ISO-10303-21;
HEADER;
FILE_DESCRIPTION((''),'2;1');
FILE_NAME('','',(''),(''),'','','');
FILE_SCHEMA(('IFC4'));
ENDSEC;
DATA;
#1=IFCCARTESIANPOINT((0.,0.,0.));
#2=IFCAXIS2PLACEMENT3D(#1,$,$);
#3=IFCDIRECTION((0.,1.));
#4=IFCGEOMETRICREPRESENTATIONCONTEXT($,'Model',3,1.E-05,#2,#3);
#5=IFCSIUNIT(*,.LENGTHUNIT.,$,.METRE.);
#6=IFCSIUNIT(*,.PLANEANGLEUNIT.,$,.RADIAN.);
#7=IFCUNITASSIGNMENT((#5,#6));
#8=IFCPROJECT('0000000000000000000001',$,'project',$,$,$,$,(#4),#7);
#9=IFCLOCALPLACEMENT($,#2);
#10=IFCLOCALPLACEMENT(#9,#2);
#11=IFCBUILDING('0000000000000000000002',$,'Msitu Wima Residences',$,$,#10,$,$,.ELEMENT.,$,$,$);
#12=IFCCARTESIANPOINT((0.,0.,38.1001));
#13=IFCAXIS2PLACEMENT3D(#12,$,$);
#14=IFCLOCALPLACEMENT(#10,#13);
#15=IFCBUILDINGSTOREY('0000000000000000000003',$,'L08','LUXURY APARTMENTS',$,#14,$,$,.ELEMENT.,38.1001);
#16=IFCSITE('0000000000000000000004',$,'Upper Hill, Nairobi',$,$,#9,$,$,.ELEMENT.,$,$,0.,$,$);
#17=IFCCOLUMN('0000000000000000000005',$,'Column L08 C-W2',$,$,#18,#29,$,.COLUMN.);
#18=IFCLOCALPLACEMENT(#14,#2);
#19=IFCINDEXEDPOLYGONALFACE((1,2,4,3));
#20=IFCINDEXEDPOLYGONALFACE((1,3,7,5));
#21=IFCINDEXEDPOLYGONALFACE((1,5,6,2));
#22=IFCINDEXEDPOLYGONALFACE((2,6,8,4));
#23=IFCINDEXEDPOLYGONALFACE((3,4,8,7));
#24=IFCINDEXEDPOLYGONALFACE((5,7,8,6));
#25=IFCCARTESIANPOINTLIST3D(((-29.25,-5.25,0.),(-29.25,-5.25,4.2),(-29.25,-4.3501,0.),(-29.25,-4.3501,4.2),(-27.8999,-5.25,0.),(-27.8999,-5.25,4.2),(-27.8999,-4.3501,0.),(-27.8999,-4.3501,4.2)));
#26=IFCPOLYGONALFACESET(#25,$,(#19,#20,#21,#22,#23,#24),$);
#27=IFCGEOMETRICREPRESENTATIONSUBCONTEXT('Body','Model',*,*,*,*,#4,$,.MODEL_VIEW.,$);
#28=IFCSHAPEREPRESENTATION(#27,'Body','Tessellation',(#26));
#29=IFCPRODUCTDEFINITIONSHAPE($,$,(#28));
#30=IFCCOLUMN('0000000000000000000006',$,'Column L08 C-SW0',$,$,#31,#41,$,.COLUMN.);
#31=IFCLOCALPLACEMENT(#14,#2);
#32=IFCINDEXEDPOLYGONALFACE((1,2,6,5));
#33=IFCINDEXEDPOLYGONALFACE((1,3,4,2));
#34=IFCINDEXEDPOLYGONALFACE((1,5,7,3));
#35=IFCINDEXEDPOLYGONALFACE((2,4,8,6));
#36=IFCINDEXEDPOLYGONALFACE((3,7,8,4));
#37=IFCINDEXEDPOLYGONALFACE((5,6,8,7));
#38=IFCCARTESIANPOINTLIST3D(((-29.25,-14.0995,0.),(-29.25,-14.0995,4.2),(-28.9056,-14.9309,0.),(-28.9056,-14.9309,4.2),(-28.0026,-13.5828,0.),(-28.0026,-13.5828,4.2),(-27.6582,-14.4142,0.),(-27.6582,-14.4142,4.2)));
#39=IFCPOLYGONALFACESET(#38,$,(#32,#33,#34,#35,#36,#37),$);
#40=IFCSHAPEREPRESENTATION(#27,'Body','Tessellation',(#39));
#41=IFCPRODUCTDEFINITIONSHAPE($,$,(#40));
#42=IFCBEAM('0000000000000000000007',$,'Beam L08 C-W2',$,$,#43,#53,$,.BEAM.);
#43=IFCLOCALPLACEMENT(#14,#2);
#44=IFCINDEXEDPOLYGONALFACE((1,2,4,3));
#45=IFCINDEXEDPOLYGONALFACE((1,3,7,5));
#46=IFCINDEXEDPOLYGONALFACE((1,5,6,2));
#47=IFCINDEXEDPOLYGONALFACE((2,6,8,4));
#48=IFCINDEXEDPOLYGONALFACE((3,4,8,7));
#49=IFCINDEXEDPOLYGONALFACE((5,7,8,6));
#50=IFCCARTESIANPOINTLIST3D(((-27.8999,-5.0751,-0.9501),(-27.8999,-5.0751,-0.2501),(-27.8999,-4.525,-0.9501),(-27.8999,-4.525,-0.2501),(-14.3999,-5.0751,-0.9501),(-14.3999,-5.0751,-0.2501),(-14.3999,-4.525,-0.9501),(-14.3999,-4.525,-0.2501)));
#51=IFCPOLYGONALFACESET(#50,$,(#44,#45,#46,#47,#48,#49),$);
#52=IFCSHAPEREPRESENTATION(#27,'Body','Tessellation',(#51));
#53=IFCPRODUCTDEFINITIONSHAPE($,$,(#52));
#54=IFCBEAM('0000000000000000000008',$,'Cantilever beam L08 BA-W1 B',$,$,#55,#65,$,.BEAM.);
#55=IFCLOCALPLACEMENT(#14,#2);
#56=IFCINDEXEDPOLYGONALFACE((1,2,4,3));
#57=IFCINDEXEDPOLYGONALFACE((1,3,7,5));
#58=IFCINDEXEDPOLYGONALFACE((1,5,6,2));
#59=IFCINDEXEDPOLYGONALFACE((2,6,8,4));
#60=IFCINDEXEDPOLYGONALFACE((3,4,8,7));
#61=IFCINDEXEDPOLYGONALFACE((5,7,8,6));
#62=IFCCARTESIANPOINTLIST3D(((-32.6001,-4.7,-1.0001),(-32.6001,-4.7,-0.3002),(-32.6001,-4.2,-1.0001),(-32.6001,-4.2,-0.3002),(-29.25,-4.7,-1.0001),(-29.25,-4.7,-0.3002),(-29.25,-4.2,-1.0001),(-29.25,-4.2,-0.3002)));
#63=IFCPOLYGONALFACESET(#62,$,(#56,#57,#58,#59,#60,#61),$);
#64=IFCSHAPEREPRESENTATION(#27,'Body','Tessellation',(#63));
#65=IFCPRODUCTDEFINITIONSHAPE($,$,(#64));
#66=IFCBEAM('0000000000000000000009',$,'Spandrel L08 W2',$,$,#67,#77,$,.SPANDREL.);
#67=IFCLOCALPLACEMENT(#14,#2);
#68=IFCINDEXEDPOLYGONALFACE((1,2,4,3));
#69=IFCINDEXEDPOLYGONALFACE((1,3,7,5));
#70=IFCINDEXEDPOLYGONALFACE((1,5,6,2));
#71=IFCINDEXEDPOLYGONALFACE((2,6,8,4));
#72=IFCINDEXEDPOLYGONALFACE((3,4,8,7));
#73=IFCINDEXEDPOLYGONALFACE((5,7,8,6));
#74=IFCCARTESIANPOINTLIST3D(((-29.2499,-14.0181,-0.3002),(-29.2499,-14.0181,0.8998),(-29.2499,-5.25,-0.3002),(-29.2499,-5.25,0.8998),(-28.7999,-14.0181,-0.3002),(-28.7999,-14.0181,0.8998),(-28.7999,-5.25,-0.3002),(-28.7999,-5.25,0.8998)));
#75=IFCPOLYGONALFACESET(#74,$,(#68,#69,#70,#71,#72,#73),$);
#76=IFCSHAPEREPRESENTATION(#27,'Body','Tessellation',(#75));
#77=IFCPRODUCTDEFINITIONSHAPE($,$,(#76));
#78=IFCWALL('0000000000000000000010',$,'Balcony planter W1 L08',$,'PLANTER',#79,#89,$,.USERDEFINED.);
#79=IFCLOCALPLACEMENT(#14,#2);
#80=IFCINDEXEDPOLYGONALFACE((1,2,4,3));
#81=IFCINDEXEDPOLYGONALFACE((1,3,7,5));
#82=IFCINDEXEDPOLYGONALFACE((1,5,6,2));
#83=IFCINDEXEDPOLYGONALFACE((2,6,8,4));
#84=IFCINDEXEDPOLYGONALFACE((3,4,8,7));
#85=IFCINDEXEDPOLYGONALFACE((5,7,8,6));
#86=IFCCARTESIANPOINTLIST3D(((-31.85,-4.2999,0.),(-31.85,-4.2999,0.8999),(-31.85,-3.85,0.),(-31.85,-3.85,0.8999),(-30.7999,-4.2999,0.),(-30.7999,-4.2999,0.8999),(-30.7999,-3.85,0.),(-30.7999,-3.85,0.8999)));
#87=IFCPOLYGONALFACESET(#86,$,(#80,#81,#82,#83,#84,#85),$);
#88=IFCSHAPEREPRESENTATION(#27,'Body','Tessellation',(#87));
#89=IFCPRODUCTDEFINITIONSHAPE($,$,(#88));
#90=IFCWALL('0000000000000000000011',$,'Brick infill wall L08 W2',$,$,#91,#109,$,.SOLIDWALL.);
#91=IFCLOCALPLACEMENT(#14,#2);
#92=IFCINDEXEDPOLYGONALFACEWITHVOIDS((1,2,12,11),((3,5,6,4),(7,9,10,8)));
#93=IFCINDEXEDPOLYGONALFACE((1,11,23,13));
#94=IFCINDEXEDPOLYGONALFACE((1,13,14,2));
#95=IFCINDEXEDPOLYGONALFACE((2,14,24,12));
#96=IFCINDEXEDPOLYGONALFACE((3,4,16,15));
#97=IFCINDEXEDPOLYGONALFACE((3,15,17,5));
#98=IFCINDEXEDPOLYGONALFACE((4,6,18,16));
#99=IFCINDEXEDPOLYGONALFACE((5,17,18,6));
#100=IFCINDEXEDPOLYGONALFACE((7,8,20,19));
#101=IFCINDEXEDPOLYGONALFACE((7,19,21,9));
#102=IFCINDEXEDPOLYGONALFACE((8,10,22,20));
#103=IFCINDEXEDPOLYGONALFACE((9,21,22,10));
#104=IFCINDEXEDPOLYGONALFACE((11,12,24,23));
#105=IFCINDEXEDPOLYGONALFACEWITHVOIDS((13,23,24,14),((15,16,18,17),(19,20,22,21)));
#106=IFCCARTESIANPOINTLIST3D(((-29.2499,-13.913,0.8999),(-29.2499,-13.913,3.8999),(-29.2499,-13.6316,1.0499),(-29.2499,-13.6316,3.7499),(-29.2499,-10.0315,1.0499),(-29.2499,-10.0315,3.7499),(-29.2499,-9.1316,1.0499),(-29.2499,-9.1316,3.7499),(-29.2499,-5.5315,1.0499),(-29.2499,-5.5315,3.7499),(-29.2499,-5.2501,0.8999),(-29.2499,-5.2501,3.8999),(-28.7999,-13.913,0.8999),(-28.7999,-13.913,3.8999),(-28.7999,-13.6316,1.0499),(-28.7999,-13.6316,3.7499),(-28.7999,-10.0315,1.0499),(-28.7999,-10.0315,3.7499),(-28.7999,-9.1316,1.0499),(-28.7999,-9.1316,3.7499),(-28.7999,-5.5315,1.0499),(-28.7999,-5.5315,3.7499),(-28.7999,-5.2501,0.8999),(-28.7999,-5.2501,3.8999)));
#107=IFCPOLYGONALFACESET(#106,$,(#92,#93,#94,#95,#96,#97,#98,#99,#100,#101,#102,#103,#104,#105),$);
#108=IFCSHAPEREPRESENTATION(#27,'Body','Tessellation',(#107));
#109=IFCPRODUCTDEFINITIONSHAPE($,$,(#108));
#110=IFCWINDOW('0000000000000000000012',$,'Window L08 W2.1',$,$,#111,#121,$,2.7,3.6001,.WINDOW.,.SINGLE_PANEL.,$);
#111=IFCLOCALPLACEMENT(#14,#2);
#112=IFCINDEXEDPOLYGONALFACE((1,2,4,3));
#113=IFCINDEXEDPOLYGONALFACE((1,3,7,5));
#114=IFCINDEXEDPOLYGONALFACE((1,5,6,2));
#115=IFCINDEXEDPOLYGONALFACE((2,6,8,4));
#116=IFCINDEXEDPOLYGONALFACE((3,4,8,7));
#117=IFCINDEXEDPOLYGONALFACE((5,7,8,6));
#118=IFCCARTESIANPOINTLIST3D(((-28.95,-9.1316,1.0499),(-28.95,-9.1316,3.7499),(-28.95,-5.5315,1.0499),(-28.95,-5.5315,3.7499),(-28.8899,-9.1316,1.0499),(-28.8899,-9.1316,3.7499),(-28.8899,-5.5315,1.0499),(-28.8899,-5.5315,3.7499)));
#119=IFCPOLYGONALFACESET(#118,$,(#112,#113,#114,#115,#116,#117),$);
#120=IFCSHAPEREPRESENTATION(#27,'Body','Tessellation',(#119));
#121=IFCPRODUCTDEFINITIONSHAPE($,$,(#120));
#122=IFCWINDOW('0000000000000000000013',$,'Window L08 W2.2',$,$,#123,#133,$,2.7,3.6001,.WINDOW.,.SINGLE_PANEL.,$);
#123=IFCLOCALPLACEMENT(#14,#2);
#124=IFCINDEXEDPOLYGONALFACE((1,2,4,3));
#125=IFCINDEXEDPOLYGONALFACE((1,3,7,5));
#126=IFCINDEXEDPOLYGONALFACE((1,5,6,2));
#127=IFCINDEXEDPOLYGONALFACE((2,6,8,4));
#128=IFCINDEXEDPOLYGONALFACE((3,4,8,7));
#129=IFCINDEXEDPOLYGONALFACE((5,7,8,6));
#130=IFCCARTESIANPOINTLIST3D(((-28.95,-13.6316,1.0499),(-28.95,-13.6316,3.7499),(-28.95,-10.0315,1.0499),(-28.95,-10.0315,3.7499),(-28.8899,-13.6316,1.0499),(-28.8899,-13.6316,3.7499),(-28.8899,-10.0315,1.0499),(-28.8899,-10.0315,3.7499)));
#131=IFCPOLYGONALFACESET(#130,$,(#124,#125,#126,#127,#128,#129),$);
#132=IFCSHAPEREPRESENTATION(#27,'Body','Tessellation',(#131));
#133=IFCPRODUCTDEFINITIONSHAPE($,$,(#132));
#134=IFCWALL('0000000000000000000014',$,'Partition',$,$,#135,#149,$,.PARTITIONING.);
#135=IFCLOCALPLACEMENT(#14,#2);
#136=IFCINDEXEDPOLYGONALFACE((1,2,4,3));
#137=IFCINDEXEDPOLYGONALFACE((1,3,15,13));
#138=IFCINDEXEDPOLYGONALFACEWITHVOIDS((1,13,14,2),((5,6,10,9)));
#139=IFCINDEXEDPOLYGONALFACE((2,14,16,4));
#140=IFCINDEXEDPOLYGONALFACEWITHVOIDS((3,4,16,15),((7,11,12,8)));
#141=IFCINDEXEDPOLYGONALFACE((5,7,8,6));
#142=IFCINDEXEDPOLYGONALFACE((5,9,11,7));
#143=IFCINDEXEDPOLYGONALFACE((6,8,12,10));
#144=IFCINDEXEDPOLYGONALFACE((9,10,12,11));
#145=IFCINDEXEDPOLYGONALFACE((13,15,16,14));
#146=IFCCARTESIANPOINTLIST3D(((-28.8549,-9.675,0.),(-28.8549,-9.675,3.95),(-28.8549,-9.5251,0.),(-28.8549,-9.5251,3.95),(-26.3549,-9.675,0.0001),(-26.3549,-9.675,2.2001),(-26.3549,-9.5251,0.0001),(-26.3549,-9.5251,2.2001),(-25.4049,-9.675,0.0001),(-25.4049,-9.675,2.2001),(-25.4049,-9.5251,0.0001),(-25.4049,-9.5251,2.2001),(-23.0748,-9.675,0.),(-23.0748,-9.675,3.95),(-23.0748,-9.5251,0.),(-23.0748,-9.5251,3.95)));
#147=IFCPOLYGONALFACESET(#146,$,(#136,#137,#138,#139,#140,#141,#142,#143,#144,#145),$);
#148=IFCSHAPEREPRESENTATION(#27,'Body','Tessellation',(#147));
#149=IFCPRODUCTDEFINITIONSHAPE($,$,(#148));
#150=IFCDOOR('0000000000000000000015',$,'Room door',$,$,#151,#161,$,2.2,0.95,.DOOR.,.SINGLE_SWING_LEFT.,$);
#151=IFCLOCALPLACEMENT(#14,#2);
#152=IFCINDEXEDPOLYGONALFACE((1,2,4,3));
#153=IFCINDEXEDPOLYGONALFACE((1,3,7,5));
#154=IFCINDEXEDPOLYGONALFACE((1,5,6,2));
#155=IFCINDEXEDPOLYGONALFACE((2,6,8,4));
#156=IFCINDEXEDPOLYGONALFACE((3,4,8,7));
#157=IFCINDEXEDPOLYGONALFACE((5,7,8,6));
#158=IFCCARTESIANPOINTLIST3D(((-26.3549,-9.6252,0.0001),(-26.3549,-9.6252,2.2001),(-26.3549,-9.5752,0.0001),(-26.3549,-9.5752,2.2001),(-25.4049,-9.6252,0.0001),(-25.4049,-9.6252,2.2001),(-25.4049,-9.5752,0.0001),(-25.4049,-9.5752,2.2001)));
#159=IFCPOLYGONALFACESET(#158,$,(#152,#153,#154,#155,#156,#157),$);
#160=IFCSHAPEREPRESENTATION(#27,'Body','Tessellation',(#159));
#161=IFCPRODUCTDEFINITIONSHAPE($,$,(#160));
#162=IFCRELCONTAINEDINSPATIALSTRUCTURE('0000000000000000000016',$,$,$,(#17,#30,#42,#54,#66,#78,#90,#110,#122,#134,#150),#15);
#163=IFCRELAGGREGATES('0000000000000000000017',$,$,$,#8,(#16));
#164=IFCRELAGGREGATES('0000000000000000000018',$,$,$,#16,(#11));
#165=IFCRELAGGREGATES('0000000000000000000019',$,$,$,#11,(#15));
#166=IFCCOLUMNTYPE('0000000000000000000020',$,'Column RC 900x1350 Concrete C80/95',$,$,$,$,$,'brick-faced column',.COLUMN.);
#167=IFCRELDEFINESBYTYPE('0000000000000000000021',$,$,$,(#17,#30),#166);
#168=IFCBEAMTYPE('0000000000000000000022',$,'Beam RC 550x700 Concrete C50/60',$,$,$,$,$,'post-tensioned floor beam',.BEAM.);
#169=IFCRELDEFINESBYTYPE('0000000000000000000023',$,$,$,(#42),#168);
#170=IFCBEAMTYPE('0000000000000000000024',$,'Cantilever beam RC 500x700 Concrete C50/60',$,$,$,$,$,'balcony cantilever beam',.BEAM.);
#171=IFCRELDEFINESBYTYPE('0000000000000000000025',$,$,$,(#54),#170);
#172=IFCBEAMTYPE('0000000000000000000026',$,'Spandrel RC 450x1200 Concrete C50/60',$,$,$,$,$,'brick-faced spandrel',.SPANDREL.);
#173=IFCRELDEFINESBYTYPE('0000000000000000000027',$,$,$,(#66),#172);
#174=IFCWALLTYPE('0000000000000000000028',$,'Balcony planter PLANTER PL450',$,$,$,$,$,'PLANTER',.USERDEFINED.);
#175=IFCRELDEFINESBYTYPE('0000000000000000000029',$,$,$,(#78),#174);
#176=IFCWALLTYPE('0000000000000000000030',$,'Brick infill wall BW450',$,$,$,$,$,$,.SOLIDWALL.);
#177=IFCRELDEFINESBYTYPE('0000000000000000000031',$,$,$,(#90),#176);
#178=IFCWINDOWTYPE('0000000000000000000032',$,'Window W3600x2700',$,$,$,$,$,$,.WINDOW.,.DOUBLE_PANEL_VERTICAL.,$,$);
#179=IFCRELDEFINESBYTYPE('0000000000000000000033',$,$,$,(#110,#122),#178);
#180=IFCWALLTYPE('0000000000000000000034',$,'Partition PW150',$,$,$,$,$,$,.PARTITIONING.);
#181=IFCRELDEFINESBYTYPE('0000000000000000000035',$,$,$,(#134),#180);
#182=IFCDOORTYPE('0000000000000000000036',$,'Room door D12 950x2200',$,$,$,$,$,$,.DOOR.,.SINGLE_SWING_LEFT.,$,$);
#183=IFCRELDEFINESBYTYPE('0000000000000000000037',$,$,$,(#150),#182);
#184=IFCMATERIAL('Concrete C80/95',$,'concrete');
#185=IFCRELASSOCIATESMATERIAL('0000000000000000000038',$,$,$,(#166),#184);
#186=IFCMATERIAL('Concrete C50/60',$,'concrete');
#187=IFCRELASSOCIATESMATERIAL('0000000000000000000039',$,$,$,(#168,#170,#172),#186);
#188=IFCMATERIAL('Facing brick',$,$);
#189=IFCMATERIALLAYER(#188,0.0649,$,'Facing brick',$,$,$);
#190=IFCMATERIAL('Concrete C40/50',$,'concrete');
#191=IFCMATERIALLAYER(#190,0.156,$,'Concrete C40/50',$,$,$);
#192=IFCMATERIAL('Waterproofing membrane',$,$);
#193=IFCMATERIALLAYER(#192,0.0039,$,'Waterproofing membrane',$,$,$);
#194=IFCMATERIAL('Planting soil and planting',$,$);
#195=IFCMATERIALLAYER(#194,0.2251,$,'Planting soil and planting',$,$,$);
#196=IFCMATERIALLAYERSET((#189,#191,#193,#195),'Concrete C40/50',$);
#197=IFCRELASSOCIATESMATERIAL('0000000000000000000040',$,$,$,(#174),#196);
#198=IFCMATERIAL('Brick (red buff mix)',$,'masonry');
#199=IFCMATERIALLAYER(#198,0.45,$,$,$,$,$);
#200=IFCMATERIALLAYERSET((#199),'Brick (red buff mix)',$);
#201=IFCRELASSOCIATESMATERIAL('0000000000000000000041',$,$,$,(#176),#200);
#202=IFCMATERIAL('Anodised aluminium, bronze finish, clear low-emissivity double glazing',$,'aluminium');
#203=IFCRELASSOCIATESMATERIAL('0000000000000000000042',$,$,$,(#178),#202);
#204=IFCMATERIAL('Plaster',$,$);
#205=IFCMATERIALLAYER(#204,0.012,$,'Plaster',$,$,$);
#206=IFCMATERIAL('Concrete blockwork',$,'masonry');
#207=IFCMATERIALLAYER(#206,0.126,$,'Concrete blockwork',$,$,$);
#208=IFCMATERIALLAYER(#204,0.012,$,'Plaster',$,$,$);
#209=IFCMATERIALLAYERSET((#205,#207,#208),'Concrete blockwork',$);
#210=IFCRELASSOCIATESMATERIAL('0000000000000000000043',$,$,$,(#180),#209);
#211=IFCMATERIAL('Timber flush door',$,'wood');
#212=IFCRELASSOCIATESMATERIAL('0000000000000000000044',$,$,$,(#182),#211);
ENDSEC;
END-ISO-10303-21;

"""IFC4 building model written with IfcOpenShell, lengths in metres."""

from ifc_helpers import new_model, si_unit, direction, frame, frame_2d, origin, origin_2d, place, context, subcontext, project, spatial, rectangle, extrude, material, layer, layer_set, material_profile, profile_set, type_object, element, fill, save


model = new_model("IFC4")

# Units and contexts
model_context = context("Model", 3, precision=1e-05, world=origin(), true_north=direction((0.0, 1.0)))
body_context = subcontext(model_context, "Body", "Model", "MODEL_VIEW")
ifc_project = project(units=[si_unit("LENGTHUNIT", "METRE"), si_unit("PLANEANGLEUNIT", "RADIAN")], contexts=[model_context])

# Site, building, storey
site_placement = place(None, origin())
site = spatial("IfcSite", under=ifc_project, at=site_placement, Name="Upper Hill, Nairobi", CompositionType="ELEMENT", RefElevation=0.0)
building_placement = place(site_placement, origin())
building = spatial("IfcBuilding", under=site, at=building_placement, Name="Msitu Wima Residences", CompositionType="ELEMENT")
storey_placement = place(building_placement, frame((0.0, 0.0, 38.1001)))
storey = spatial("IfcBuildingStorey", under=building, at=storey_placement, Name="L08", Description="LUXURY APARTMENTS", CompositionType="ELEMENT", Elevation=38.1001)

# Columns
ifc_material_1 = material(Name="Concrete C80/95", Category="concrete")
ifc_material_profile_1 = material_profile(ifc_material_1, rectangle(XDim=0.8999, YDim=1.3501, at=origin_2d()), Name="RC 900x1350")
ifc_profile_set_1 = profile_set([ifc_material_profile_1], Name="Concrete C80/95")
column_type = type_object("IfcColumnType", Name="Column RC 900x1350 Concrete C80/95", ElementType="brick-faced column", PredefinedType="COLUMN", material=ifc_profile_set_1)
for number, where, z_axis, x_axis, name in (
    (1, (-28.575, -4.8, 0.0), (0.0, 0.0, 1.0), (0.0, -1.0, 0.0), "Column L08 C-W2"),
    (2, (-28.4541, -14.2568, 0.0), (0.0, 0.0, 1.0), (0.382683, -0.92388, 0.0), "Column L08 C-SW0"),
):
    element("IfcColumn", number, at=place(storey_placement, frame(where, z_axis=z_axis, x_axis=x_axis)), inside=storey, type_object=column_type, Name=name, PredefinedType="COLUMN", context=body_context, shape_type="SweptSolid", body=[
        extrude(rectangle(XDim=0.8999, YDim=1.3501, at=origin_2d()), origin(), (0.0, 0.0, 1.0), 4.2),
    ])

# Beams
ifc_material_2 = material(Name="Concrete C50/60", Category="concrete")
ifc_material_profile_2 = material_profile(ifc_material_2, rectangle(XDim=0.55, YDim=0.7, at=origin_2d()), Name="RC 550x700")
ifc_profile_set_2 = profile_set([ifc_material_profile_2], Name="Concrete C50/60")
beam_type_1 = type_object("IfcBeamType", Name="Beam RC 550x700 Concrete C50/60", ElementType="post-tensioned floor beam", PredefinedType="BEAM", material=ifc_profile_set_2)
beam_1_placement = place(storey_placement, frame((-27.8999, -4.8, -0.6001), z_axis=(1.0, 0.0, 0.0), x_axis=(0.0, 1.0, 0.0)))
element("IfcBeam", 3, at=beam_1_placement, inside=storey, type_object=beam_type_1, Name="Beam L08 C-W2", PredefinedType="BEAM", context=body_context, shape_type="SweptSolid", body=[
    extrude(rectangle(XDim=0.55, YDim=0.7, at=origin_2d()), origin(), (0.0, 0.0, 1.0), 13.5),
])
ifc_material_profile_3 = material_profile(ifc_material_2, rectangle(XDim=0.5, YDim=0.7, at=origin_2d()), Name="RC 500x700")
ifc_profile_set_3 = profile_set([ifc_material_profile_3], Name="Concrete C50/60")
beam_type_2 = type_object("IfcBeamType", Name="Cantilever beam RC 500x700 Concrete C50/60", ElementType="balcony cantilever beam", PredefinedType="BEAM", material=ifc_profile_set_3)
beam_2_placement = place(storey_placement, frame((-29.25, -4.45, -0.6501), z_axis=(-1.0, 0.0, 0.0), x_axis=(0.0, -1.0, 0.0)))
element("IfcBeam", 4, at=beam_2_placement, inside=storey, type_object=beam_type_2, Name="Cantilever beam L08 BA-W1 B", PredefinedType="BEAM", context=body_context, shape_type="SweptSolid", body=[
    extrude(rectangle(XDim=0.5, YDim=0.7, at=origin_2d()), origin(), (0.0, 0.0, 1.0), 3.3501),
])
ifc_material_profile_4 = material_profile(ifc_material_2, rectangle(XDim=0.45, YDim=1.2, at=origin_2d()), Name="RC 450x1200")
ifc_profile_set_4 = profile_set([ifc_material_profile_4], Name="Concrete C50/60")
beam_type_3 = type_object("IfcBeamType", Name="Spandrel RC 450x1200 Concrete C50/60", ElementType="brick-faced spandrel", PredefinedType="SPANDREL", material=ifc_profile_set_4)
beam_3_placement = place(storey_placement, frame((-29.0249, -5.25, 0.2998), z_axis=(0.0, -1.0, 0.0), x_axis=(1.0, 0.0, 0.0)))
element("IfcBeam", 5, at=beam_3_placement, inside=storey, type_object=beam_type_3, Name="Spandrel L08 W2", PredefinedType="SPANDREL", context=body_context, shape_type="SweptSolid", body=[
    extrude(rectangle(XDim=0.45, YDim=1.2, at=origin_2d()), origin(), (0.0, 0.0, 1.0), 8.7681),
])

# Wall
ifc_material_3 = material(Name="Facing brick")
ifc_layer_1 = layer(ifc_material_3, 0.0649, Name="Facing brick")
ifc_material_4 = material(Name="Concrete C40/50", Category="concrete")
ifc_layer_2 = layer(ifc_material_4, 0.156, Name="Concrete C40/50")
ifc_material_5 = material(Name="Waterproofing membrane")
ifc_layer_3 = layer(ifc_material_5, 0.0039, Name="Waterproofing membrane")
ifc_material_6 = material(Name="Planting soil and planting")
ifc_layer_4 = layer(ifc_material_6, 0.2251, Name="Planting soil and planting")
ifc_layer_set_1 = layer_set([ifc_layer_1, ifc_layer_2, ifc_layer_3, ifc_layer_4], Name="Concrete C40/50")
wall_type_1 = type_object("IfcWallType", Name="Balcony planter PLANTER PL450", ElementType="PLANTER", PredefinedType="USERDEFINED", material=ifc_layer_set_1)
wall_1_placement = place(storey_placement, frame((-30.8, -4.075, 0.0), z_axis=(0.0, 0.0, 1.0), x_axis=(-1.0, 0.0, 0.0)))
element("IfcWall", 6, at=wall_1_placement, inside=storey, type_object=wall_type_1, Name="Balcony planter W1 L08", ObjectType="PLANTER", PredefinedType="USERDEFINED", context=body_context, shape_type="SweptSolid", body=[
    extrude(rectangle(XDim=1.05, YDim=0.45, at=frame_2d((0.5249, 0.0))), origin(), (0.0, 0.0, 1.0), 0.8999),
])

# Wall, openings, windows
ifc_material_7 = material(Name="Brick (red buff mix)", Category="masonry")
ifc_layer_5 = layer(ifc_material_7, 0.45)
ifc_layer_set_2 = layer_set([ifc_layer_5], Name="Brick (red buff mix)")
wall_type_2 = type_object("IfcWallType", Name="Brick infill wall BW450", PredefinedType="SOLIDWALL", material=ifc_layer_set_2)
wall_2_placement = place(storey_placement, frame((-29.0249, -5.25, 0.8999), z_axis=(0.0, 0.0, 1.0), x_axis=(0.0, -1.0, 0.0)))
wall_2 = element("IfcWall", 7, at=wall_2_placement, inside=storey, type_object=wall_type_2, Name="Brick infill wall L08 W2", PredefinedType="SOLIDWALL", context=body_context, shape_type="SweptSolid", body=[
    extrude(rectangle(XDim=8.6628, YDim=0.45, at=frame_2d((4.3315, 0.0))), origin(), (0.0, 0.0, 1.0), 3.0),
])
opening_1_placement = place(wall_2_placement, frame((0.2815, 0.0, 0.1499)))
opening_1 = element("IfcOpeningElement", 8, at=opening_1_placement, cuts=wall_2, PredefinedType="OPENING", context=body_context, shape_type="SweptSolid", body=[
    extrude(rectangle(XDim=3.6001, YDim=2.7, at=frame_2d((1.8, 1.3501))), frame((0.0, 0.2349, 0.0), z_axis=(0.0, -1.0, 0.0), x_axis=(1.0, 0.0, 0.0)), (0.0, 0.0, 1.0), 0.47),
])
opening_2_placement = place(wall_2_placement, frame((4.7815, 0.0, 0.1499)))
opening_2 = element("IfcOpeningElement", 9, at=opening_2_placement, cuts=wall_2, PredefinedType="OPENING", context=body_context, shape_type="SweptSolid", body=[
    extrude(rectangle(XDim=3.6001, YDim=2.7, at=frame_2d((1.8, 1.3501))), frame((0.0, 0.2349, 0.0), z_axis=(0.0, -1.0, 0.0), x_axis=(1.0, 0.0, 0.0)), (0.0, 0.0, 1.0), 0.47),
])
ifc_material_8 = material(Name="Anodised aluminium, bronze finish, clear low-emissivity double glazing", Category="aluminium")
window_type = type_object("IfcWindowType", Name="Window W3600x2700", PartitioningType="DOUBLE_PANEL_VERTICAL", PredefinedType="WINDOW", material=ifc_material_8)
window_1_placement = place(opening_1_placement, origin())
window_1 = element("IfcWindow", 10, at=window_1_placement, inside=storey, type_object=window_type, Name="Window L08 W2.1", OverallHeight=2.7, OverallWidth=3.6001, PartitioningType="SINGLE_PANEL", PredefinedType="WINDOW", context=body_context, shape_type="SweptSolid", body=[
    extrude(rectangle(XDim=3.6001, YDim=2.7, at=frame_2d((1.8, 1.3501))), frame((0.0, 0.135, 0.0), z_axis=(0.0, -1.0, 0.0), x_axis=(1.0, 0.0, 0.0)), (0.0, 0.0, 1.0), 0.0601),
])
fill(opening_1, window_1)
window_2_placement = place(opening_2_placement, origin())
window_2 = element("IfcWindow", 11, at=window_2_placement, inside=storey, type_object=window_type, Name="Window L08 W2.2", OverallHeight=2.7, OverallWidth=3.6001, PartitioningType="SINGLE_PANEL", PredefinedType="WINDOW", context=body_context, shape_type="SweptSolid", body=[
    extrude(rectangle(XDim=3.6001, YDim=2.7, at=frame_2d((1.8, 1.3501))), frame((0.0, 0.135, 0.0), z_axis=(0.0, -1.0, 0.0), x_axis=(1.0, 0.0, 0.0)), (0.0, 0.0, 1.0), 0.0601),
])
fill(opening_2, window_2)

# Wall, opening, door
ifc_material_9 = material(Name="Plaster")
ifc_layer_6 = layer(ifc_material_9, 0.012, Name="Plaster")
ifc_material_10 = material(Name="Concrete blockwork", Category="masonry")
ifc_layer_7 = layer(ifc_material_10, 0.126, Name="Concrete blockwork")
ifc_layer_8 = layer(ifc_material_9, 0.012, Name="Plaster")
ifc_layer_set_3 = layer_set([ifc_layer_6, ifc_layer_7, ifc_layer_8], Name="Concrete blockwork")
wall_type_3 = type_object("IfcWallType", Name="Partition PW150", PredefinedType="PARTITIONING", material=ifc_layer_set_3)
wall_3_placement = place(storey_placement, frame((-28.855, -9.6001, 0.0), z_axis=(0.0, 0.0, 1.0), x_axis=(1.0, 0.0, 0.0)))
wall_3 = element("IfcWall", 12, at=wall_3_placement, inside=storey, type_object=wall_type_3, Name="Partition", PredefinedType="PARTITIONING", context=body_context, shape_type="SweptSolid", body=[
    extrude(rectangle(XDim=5.78, YDim=0.1499, at=frame_2d((2.8901, 0.0))), origin(), (0.0, 0.0, 1.0), 3.95),
])
opening_3_placement = place(wall_3_placement, frame((2.5, 0.0, 0.0)))
opening_3 = element("IfcOpeningElement", 13, at=opening_3_placement, cuts=wall_3, PredefinedType="OPENING", context=body_context, shape_type="SweptSolid", body=[
    extrude(rectangle(XDim=0.95, YDim=2.2, at=frame_2d((0.4751, 1.1001))), frame((0.0, 0.085, 0.0), z_axis=(0.0, -1.0, 0.0), x_axis=(1.0, 0.0, 0.0)), (0.0, 0.0, 1.0), 0.1699),
])
ifc_material_11 = material(Name="Timber flush door", Category="wood")
door_type = type_object("IfcDoorType", Name="Room door D12 950x2200", OperationType="SINGLE_SWING_LEFT", PredefinedType="DOOR", material=ifc_material_11)
door_placement = place(opening_3_placement, origin())
door = element("IfcDoor", 14, at=door_placement, inside=storey, type_object=door_type, Name="Room door", OperationType="SINGLE_SWING_LEFT", OverallHeight=2.2, OverallWidth=0.95, PredefinedType="DOOR", context=body_context, shape_type="SweptSolid", body=[
    extrude(rectangle(XDim=0.95, YDim=2.2, at=frame_2d((0.4751, 1.1001))), frame((0.0, 0.0249, 0.0), z_axis=(0.0, -1.0, 0.0), x_axis=(1.0, 0.0, 0.0)), (0.0, 0.0, 1.0), 0.05),
])
fill(opening_3, door)

save(model, "model.ifc")
